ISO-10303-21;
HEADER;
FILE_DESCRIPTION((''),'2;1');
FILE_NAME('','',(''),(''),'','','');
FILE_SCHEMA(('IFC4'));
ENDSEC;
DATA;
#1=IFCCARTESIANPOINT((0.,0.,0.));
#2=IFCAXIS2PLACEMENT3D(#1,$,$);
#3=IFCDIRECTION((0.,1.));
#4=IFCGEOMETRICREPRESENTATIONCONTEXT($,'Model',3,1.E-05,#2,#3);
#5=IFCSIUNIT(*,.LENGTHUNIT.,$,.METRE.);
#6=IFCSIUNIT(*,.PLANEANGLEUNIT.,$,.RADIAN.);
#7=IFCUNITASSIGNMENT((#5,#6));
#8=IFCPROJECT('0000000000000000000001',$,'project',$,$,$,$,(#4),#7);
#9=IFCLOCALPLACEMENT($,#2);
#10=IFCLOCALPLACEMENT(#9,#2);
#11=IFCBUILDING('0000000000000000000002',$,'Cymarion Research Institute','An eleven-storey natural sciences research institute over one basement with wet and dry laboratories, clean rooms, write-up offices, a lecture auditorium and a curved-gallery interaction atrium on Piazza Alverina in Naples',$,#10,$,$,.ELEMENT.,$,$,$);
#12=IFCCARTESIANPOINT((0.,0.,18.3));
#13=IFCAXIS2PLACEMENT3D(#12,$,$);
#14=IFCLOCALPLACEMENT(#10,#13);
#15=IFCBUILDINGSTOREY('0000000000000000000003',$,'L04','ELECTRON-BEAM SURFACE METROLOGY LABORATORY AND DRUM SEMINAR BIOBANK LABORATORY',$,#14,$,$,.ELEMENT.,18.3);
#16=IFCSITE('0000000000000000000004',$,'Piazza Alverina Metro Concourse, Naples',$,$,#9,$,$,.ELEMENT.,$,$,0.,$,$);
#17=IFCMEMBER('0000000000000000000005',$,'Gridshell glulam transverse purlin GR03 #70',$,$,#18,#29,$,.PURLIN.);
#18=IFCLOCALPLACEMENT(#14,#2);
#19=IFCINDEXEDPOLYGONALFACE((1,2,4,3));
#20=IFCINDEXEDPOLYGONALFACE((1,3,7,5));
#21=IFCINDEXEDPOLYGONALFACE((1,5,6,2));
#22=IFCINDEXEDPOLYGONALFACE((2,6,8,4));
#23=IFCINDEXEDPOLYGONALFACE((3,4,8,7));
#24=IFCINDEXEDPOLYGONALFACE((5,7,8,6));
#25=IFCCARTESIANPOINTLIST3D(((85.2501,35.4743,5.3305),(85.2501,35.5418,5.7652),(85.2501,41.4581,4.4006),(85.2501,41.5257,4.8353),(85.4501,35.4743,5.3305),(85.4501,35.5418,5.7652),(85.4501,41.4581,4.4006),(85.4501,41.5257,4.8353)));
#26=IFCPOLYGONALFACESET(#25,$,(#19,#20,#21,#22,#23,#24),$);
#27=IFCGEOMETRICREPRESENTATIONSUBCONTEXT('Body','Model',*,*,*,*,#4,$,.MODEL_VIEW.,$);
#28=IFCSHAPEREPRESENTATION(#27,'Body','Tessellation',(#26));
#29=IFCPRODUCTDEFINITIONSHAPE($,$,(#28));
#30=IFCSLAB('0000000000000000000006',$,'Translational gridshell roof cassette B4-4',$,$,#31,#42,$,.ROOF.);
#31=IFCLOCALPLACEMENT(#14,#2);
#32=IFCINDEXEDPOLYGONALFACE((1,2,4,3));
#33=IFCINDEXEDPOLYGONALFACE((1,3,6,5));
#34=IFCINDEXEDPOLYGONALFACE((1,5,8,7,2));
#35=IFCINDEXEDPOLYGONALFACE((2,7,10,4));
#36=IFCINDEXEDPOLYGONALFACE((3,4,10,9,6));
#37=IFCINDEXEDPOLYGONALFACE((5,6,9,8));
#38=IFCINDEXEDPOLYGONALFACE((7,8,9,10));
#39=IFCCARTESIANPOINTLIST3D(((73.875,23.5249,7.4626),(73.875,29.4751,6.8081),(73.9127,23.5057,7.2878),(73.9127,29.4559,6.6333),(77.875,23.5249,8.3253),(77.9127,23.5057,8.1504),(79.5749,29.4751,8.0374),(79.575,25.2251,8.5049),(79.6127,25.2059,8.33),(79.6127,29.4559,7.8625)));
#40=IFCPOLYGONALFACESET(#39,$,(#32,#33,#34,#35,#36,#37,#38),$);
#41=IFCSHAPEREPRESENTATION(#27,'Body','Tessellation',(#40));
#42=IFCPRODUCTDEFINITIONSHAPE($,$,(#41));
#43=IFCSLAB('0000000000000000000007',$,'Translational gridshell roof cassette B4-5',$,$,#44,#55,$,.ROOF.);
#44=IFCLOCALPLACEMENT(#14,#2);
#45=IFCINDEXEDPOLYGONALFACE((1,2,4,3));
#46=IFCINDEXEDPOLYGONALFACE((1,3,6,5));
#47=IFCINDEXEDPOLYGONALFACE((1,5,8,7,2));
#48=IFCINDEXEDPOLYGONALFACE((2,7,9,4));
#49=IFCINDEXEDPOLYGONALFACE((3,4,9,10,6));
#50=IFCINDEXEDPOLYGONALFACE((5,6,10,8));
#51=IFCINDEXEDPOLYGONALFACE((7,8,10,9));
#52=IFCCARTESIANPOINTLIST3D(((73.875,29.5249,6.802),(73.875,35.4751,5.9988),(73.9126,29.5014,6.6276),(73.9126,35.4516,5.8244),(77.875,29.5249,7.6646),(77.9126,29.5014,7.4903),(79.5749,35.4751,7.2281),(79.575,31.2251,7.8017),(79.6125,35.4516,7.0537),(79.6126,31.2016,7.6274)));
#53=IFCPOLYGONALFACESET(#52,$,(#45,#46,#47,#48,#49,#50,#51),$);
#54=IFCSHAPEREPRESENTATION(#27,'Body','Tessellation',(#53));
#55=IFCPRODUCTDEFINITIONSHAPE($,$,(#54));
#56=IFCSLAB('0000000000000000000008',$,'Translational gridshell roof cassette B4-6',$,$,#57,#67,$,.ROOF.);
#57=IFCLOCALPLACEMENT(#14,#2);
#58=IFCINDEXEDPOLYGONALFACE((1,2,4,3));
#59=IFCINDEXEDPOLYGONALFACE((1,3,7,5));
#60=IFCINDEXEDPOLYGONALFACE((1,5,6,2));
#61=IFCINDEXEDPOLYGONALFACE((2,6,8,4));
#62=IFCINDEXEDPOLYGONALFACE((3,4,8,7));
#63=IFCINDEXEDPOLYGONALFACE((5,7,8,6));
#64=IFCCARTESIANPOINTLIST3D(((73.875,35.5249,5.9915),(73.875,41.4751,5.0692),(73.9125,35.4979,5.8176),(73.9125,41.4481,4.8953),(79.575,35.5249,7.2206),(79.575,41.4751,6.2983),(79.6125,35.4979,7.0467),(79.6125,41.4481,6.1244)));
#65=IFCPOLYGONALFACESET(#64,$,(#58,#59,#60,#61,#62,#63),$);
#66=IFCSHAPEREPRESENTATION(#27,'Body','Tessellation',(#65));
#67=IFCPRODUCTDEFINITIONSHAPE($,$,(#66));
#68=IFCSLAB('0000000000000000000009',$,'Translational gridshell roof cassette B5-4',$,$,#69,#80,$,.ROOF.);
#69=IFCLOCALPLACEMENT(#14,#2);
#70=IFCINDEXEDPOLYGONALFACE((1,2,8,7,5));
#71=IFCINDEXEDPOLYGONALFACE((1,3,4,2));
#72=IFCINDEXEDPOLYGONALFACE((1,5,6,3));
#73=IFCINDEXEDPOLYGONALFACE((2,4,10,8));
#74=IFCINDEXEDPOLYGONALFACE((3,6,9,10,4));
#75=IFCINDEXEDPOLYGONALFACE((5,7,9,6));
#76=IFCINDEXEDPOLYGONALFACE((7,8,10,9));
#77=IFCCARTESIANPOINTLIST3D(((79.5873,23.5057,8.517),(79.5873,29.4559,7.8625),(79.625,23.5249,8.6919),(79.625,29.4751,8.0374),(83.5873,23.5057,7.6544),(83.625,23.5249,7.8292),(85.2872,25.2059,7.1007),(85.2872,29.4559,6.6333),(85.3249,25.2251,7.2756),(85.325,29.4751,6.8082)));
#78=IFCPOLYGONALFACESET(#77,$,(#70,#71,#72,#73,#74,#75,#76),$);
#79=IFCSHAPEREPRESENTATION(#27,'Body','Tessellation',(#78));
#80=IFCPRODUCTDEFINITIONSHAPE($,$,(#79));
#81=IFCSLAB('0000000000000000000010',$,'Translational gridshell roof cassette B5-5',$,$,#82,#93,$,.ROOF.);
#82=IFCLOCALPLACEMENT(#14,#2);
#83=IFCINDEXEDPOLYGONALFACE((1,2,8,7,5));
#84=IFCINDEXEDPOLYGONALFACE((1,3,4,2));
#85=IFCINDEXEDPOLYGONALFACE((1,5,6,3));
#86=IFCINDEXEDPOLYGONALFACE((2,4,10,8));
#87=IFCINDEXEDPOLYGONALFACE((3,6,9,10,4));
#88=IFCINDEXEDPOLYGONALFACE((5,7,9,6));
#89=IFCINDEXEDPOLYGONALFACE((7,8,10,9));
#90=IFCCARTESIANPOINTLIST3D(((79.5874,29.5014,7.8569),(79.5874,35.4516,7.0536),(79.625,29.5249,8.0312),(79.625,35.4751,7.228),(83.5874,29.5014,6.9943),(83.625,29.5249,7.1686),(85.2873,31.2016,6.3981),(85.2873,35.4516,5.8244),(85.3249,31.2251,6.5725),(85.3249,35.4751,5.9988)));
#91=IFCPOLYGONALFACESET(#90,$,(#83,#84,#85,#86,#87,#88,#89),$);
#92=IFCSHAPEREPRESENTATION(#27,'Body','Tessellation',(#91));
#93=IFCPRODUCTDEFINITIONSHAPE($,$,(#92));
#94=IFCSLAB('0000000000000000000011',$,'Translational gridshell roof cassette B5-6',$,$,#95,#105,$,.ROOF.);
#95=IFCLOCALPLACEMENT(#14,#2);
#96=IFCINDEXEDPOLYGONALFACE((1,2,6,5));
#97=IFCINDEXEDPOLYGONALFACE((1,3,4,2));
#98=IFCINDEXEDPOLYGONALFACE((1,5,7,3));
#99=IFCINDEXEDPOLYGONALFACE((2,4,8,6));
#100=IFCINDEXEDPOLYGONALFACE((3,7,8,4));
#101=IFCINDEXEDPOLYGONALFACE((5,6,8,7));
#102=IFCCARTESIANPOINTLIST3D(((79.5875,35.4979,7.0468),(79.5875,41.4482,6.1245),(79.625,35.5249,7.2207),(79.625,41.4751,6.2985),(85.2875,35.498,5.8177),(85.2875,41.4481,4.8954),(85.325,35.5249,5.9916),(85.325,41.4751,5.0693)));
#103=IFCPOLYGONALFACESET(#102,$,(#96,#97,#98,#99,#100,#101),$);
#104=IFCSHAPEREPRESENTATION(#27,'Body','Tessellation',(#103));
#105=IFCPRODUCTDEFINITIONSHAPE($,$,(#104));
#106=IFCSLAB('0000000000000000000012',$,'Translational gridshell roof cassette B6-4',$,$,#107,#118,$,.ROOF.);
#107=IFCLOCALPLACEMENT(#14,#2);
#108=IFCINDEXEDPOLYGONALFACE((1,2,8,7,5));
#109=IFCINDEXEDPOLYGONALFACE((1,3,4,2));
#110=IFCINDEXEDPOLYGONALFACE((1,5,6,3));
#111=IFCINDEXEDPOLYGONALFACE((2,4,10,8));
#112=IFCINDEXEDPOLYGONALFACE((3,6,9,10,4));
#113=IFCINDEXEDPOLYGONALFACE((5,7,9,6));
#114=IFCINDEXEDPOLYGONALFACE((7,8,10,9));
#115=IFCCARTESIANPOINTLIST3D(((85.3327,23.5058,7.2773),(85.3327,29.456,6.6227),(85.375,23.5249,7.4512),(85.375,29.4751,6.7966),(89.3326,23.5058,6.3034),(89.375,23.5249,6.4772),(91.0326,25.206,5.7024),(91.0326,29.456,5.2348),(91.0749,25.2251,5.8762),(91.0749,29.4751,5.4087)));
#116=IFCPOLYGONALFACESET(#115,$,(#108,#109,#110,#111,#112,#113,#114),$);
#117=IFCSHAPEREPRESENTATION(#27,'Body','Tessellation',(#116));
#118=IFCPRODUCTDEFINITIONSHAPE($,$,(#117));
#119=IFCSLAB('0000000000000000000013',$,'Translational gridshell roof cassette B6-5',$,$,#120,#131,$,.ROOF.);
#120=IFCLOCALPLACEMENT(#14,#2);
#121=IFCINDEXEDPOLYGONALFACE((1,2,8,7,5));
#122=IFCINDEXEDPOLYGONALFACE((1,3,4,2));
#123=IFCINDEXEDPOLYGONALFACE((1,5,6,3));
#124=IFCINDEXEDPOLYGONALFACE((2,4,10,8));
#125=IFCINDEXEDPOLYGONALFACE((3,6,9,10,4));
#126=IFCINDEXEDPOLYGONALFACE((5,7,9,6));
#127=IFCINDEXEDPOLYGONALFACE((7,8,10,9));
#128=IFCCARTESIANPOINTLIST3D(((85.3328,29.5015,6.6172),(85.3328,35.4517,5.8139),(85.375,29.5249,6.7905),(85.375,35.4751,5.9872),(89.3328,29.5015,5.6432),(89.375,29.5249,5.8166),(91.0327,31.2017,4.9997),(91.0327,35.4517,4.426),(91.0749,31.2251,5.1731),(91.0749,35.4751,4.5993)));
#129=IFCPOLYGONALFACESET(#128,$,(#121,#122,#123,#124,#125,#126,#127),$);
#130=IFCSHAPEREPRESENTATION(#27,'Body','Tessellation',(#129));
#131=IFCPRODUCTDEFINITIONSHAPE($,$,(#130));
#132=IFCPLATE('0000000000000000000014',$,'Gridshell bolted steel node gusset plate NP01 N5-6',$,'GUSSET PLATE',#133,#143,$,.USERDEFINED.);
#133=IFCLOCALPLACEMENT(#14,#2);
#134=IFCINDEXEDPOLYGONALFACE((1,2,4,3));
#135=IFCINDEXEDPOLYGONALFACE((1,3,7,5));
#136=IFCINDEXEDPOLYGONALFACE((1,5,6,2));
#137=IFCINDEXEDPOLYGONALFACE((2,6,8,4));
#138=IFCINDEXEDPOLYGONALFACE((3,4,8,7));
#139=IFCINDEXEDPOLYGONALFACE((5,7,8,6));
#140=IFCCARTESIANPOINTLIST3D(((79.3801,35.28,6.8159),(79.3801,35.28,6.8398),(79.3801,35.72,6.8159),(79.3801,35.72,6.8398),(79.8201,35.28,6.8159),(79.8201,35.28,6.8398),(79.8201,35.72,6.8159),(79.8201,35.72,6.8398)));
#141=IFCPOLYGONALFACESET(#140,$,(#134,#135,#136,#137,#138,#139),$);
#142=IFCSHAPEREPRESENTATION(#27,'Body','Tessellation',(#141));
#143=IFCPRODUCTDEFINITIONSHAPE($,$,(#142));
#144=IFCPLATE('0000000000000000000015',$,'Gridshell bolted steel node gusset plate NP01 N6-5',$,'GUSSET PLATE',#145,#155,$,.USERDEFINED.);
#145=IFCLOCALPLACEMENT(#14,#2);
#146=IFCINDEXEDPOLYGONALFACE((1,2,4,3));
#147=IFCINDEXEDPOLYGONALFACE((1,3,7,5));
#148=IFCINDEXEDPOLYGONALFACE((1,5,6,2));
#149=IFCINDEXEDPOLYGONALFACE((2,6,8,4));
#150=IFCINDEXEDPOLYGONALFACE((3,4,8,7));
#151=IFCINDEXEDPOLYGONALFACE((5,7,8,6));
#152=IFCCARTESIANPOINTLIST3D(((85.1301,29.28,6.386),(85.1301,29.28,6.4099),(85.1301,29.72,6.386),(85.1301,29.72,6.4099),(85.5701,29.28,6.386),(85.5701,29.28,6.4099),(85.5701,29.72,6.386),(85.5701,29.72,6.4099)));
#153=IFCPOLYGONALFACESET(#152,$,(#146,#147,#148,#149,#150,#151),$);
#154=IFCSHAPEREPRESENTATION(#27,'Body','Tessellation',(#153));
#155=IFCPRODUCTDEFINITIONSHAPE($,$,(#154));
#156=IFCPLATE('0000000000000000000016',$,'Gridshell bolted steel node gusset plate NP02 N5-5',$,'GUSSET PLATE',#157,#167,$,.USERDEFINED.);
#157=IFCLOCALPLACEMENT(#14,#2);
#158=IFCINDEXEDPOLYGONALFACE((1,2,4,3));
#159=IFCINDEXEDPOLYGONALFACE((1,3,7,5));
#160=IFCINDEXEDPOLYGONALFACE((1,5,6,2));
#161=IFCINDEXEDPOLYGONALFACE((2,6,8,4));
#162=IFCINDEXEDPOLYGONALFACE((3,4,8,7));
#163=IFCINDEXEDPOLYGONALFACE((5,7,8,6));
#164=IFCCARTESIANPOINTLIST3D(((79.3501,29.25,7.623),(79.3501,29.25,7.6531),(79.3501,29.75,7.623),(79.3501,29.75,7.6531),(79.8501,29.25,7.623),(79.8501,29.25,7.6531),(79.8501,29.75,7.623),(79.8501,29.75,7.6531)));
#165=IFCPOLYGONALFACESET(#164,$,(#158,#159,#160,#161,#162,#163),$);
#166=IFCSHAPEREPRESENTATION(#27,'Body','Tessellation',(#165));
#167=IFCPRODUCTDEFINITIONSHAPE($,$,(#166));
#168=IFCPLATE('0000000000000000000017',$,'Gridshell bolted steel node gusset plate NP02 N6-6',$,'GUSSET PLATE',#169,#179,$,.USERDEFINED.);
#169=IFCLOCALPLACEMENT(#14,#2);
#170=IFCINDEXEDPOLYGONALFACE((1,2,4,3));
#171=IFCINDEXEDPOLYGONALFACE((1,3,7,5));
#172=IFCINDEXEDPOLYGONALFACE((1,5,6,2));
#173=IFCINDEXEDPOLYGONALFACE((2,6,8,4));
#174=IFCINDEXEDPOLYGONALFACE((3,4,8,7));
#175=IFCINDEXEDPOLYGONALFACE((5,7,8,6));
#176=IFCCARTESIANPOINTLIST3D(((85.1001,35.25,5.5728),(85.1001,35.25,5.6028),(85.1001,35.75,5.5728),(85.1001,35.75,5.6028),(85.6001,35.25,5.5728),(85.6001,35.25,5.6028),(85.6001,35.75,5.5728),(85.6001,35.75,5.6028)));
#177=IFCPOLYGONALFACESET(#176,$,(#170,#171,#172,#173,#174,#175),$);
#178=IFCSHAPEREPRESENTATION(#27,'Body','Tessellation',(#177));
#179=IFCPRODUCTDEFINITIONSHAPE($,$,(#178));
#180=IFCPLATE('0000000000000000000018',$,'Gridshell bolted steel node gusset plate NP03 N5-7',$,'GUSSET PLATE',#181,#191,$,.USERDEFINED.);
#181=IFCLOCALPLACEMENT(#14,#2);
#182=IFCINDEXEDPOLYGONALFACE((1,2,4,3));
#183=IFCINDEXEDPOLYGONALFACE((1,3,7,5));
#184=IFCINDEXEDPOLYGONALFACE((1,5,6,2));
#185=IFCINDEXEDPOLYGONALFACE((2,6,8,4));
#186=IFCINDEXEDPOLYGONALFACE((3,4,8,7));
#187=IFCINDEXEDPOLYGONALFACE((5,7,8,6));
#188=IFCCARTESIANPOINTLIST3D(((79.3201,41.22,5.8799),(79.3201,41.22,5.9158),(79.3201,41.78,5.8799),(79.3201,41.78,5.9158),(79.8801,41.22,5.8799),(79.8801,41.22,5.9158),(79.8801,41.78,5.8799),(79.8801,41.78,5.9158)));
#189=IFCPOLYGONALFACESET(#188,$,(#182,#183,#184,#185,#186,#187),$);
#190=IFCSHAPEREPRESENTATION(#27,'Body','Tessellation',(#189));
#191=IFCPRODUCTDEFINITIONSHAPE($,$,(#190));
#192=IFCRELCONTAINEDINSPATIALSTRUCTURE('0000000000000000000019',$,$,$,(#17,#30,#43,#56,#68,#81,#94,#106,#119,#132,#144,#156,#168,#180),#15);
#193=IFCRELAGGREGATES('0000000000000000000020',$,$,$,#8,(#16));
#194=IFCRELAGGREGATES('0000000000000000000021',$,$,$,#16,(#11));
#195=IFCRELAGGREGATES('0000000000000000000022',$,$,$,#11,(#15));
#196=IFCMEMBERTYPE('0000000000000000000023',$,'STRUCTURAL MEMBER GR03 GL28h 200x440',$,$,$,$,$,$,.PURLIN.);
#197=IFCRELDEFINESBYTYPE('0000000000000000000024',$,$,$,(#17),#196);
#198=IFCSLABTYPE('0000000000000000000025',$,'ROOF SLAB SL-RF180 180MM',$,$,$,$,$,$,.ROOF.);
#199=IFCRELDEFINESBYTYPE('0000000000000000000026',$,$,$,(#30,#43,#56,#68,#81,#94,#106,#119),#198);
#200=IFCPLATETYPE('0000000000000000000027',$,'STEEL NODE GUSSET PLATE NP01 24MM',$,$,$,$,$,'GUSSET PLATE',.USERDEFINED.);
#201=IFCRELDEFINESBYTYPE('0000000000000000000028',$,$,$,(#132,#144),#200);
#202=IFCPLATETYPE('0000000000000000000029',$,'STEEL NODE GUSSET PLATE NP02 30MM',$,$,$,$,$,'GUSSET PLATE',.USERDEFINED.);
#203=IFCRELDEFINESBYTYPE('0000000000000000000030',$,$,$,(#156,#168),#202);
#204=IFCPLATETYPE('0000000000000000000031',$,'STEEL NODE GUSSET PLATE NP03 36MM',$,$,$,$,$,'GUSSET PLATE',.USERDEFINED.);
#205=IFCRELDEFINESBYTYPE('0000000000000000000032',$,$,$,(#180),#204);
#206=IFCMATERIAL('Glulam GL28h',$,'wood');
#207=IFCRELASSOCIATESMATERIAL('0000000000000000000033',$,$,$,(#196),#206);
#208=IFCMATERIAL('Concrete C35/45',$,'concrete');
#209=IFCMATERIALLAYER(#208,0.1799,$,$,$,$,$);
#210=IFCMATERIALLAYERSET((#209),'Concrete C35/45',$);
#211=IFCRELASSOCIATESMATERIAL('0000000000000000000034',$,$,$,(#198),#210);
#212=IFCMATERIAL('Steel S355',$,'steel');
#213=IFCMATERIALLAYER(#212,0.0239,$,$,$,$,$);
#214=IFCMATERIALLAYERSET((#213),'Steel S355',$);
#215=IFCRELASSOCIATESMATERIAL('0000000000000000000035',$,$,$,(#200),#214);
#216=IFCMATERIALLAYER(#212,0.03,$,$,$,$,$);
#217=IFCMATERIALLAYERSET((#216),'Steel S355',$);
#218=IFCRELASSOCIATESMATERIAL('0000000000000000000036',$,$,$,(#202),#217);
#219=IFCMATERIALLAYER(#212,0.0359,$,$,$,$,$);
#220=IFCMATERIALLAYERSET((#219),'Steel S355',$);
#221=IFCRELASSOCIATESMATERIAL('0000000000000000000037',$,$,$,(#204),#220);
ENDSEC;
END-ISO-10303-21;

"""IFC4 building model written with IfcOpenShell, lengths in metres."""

from ifc_helpers import new_model, si_unit, direction, frame, origin, origin_2d, place, context, subcontext, project, spatial, polyline, rectangle, outline, extrude, material, layer, layer_set, material_profile, profile_set, type_object, element, save


model = new_model("IFC4")

# Units and contexts
model_context = context("Model", 3, precision=1e-05, world=origin(), true_north=direction((0.0, 1.0)))
body_context = subcontext(model_context, "Body", "Model", "MODEL_VIEW")
ifc_project = project(units=[si_unit("LENGTHUNIT", "METRE"), si_unit("PLANEANGLEUNIT", "RADIAN")], contexts=[model_context])

# Site, building, storey
site_placement = place(None, origin())
site = spatial("IfcSite", under=ifc_project, at=site_placement, Name="Piazza Alverina Metro Concourse, Naples", CompositionType="ELEMENT", RefElevation=0.0)
building_placement = place(site_placement, origin())
building = spatial("IfcBuilding", under=site, at=building_placement, Name="Cymarion Research Institute", Description="An eleven-storey natural sciences research institute over one basement with wet and dry laboratories, clean rooms, write-up offices, a lecture auditorium and a curved-gallery interaction atrium on Piazza Alverina in Naples", CompositionType="ELEMENT")
storey_placement = place(building_placement, frame((0.0, 0.0, 18.3)))
storey = spatial("IfcBuildingStorey", under=building, at=storey_placement, Name="L04", Description="ELECTRON-BEAM SURFACE METROLOGY LABORATORY AND DRUM SEMINAR BIOBANK LABORATORY", CompositionType="ELEMENT", Elevation=18.3)

# Shared definitions
ifc_material_1 = material(Name="Steel S355", Category="steel")

# Member
ifc_material_2 = material(Name="Glulam GL28h", Category="wood")
ifc_material_profile_1 = material_profile(ifc_material_2, rectangle(XDim=0.2, YDim=0.4399, at=origin_2d()), Name="GL28h 200x440")
ifc_profile_set_1 = profile_set([ifc_material_profile_1], Name="Glulam GL28h")
member_type_1 = type_object("IfcMemberType", Name="STRUCTURAL MEMBER GR03 GL28h 200x440", PredefinedType="PURLIN", material=ifc_profile_set_1)
member_1_placement = place(storey_placement, frame((85.3501, 35.5081, 5.5479), z_axis=(0.0, 0.988139, -0.153563), x_axis=(-1.0, 0.0, 0.0)))
element("IfcMember", 1, at=member_1_placement, inside=storey, type_object=member_type_1, Name="Gridshell glulam transverse purlin GR03 #70", PredefinedType="PURLIN", context=body_context, shape_type="SweptSolid", body=[
    extrude(rectangle(XDim=0.2, YDim=0.4399, at=origin_2d()), origin(), (0.0, 0.0, 1.0), 6.0557),
])

# Slabs
ifc_material_3 = material(Name="Concrete C35/45", Category="concrete")
ifc_layer_1 = layer(ifc_material_3, 0.1799)
ifc_layer_set_1 = layer_set([ifc_layer_1], Name="Concrete C35/45")
slab_type = type_object("IfcSlabType", Name="ROOF SLAB SL-RF180 180MM", PredefinedType="ROOF", material=ifc_layer_set_1)
slab_1_placement = place(storey_placement, frame((73.875, 23.5249, 7.4626), z_axis=(-0.209604, 0.106908, 0.971924), x_axis=(0.977527, 0.000002, 0.210812)))
element("IfcSlab", 2, at=slab_1_placement, inside=storey, type_object=slab_type, Name="Translational gridshell roof cassette B4-4", PredefinedType="ROOF", context=body_context, shape_type="SweptSolid", body=[
    extrude(outline(polyline([(0.0, 0.0), (4.0919, 0.0), (5.7916, 1.71), (5.693, 5.9845), (-0.138, 5.9845), (0.0, 0.0)])), origin(), (0.0, 0.0, -1.0), 0.1799),
])
slab_2_placement = place(storey_placement, frame((73.875, 29.5249, 6.802), z_axis=(-0.209001, 0.130816, 0.969126), x_axis=(0.977527, 0.000003, 0.210812)))
element("IfcSlab", 3, at=slab_2_placement, inside=storey, type_object=slab_type, Name="Translational gridshell roof cassette B4-5", PredefinedType="ROOF", context=body_context, shape_type="SweptSolid", body=[
    extrude(outline(polyline([(0.0, 0.0), (4.0919, 0.0), (5.7826, 1.7149), (5.6617, 6.0018), (-0.1693, 6.0018), (0.0, 0.0)])), origin(), (0.0, 0.0, -1.0), 0.1799),
])
slab_3_placement = place(storey_placement, frame((73.875, 35.5249, 5.9915), z_axis=(-0.208414, 0.149801, 0.9665), x_axis=(0.977531, -0.000003, 0.210793)))
element("IfcSlab", 4, at=slab_3_placement, inside=storey, type_object=slab_type, Name="Translational gridshell roof cassette B4-6", PredefinedType="ROOF", context=body_context, shape_type="SweptSolid", body=[
    extrude(outline(polyline([(0.0, 0.0), (5.831, 0.0), (5.6365, 6.0181), (-0.1944, 6.0181), (0.0, 0.0)])), origin(), (0.0, 0.0, -1.0), 0.1799),
])
slab_4_placement = place(storey_placement, frame((79.625, 23.5249, 8.6919), z_axis=(0.209607, 0.106902, 0.971924), x_axis=(0.977526, 0.000004, -0.210816)))
element("IfcSlab", 5, at=slab_4_placement, inside=storey, type_object=slab_type, Name="Translational gridshell roof cassette B5-4", PredefinedType="ROOF", context=body_context, shape_type="SweptSolid", body=[
    extrude(outline(polyline([(0.0, 0.0), (4.092, 0.0), (5.8704, 1.71), (5.969, 5.9845), (0.138, 5.9845), (0.0, 0.0)])), origin(), (0.0, 0.0, -1.0), 0.1799),
])
slab_5_placement = place(storey_placement, frame((79.625, 29.5249, 8.0312), z_axis=(0.208997, 0.130831, 0.969125), x_axis=(0.977527, -0.000002, -0.210809)))
element("IfcSlab", 6, at=slab_5_placement, inside=storey, type_object=slab_type, Name="Translational gridshell roof cassette B5-5", PredefinedType="ROOF", context=body_context, shape_type="SweptSolid", body=[
    extrude(outline(polyline([(0.0, 0.0), (4.0919, 0.0), (5.8794, 1.7149), (6.0003, 6.0018), (0.1693, 6.0018), (0.0, 0.0)])), origin(), (0.0, 0.0, -1.0), 0.1799),
])
slab_6_placement = place(storey_placement, frame((79.625, 35.5249, 7.2207), z_axis=(0.208414, 0.149801, 0.9665), x_axis=(0.977531, 0.000003, -0.210793)))
element("IfcSlab", 7, at=slab_6_placement, inside=storey, type_object=slab_type, Name="Translational gridshell roof cassette B5-6", PredefinedType="ROOF", context=body_context, shape_type="SweptSolid", body=[
    extrude(outline(polyline([(0.0, 0.0), (5.831, 0.0), (6.0254, 6.0181), (0.1944, 6.0181), (0.0, 0.0)])), origin(), (0.0, 0.0, -1.0), 0.1799),
])
slab_7_placement = place(storey_placement, frame((85.375, 23.5249, 7.4512), z_axis=(0.235243, 0.106286, 0.966108), x_axis=(0.971611, -0.000003, -0.236583)))
element("IfcSlab", 8, at=slab_7_placement, inside=storey, type_object=slab_type, Name="Translational gridshell roof cassette B6-4", PredefinedType="ROOF", context=body_context, shape_type="SweptSolid", body=[
    extrude(outline(polyline([(0.0, 0.0), (4.1168, 0.0), (5.9107, 1.7099), (6.0213, 5.9841), (0.1548, 5.9841), (0.0, 0.0)])), origin(), (0.0, 0.0, -1.0), 0.1799),
])
slab_8_placement = place(storey_placement, frame((85.375, 29.5249, 6.7905), z_axis=(0.234573, 0.130056, 0.963359), x_axis=(0.971611, -0.000003, -0.236582)))
element("IfcSlab", 9, at=slab_8_placement, inside=storey, type_object=slab_type, Name="Translational gridshell roof cassette B6-5", PredefinedType="ROOF", context=body_context, shape_type="SweptSolid", body=[
    extrude(outline(polyline([(0.0, 0.0), (4.1168, 0.0), (5.9208, 1.7148), (6.0565, 6.0012), (0.19, 6.0012), (0.0, 0.0)])), origin(), (0.0, 0.0, -1.0), 0.1799),
])

# Plates
ifc_layer_2 = layer(ifc_material_1, 0.0239)
ifc_layer_set_2 = layer_set([ifc_layer_2], Name="Steel S355")
plate_type_1 = type_object("IfcPlateType", Name="STEEL NODE GUSSET PLATE NP01 24MM", ElementType="GUSSET PLATE", PredefinedType="USERDEFINED", material=ifc_layer_set_2)
for number, where, z_axis, x_axis, name in (
    (10, (79.6001, 35.5, 6.8159), (0.0, 0.0, 1.0), (1.0, 0.0, 0.0), "Gridshell bolted steel node gusset plate NP01 N5-6"),
    (11, (85.3501, 29.5, 6.386), (0.0, 0.0, 1.0), (1.0, 0.0, 0.0), "Gridshell bolted steel node gusset plate NP01 N6-5"),
):
    element("IfcPlate", number, at=place(storey_placement, frame(where, z_axis=z_axis, x_axis=x_axis)), inside=storey, type_object=plate_type_1, Name=name, ObjectType="GUSSET PLATE", PredefinedType="USERDEFINED", context=body_context, shape_type="SweptSolid", body=[
        extrude(rectangle(XDim=0.4399, YDim=0.4399, at=origin_2d()), origin(), (0.0, 0.0, 1.0), 0.0239),
    ])
ifc_layer_3 = layer(ifc_material_1, 0.03)
ifc_layer_set_3 = layer_set([ifc_layer_3], Name="Steel S355")
plate_type_2 = type_object("IfcPlateType", Name="STEEL NODE GUSSET PLATE NP02 30MM", ElementType="GUSSET PLATE", PredefinedType="USERDEFINED", material=ifc_layer_set_3)
for number, where, z_axis, x_axis, name in (
    (12, (79.6001, 29.5, 7.623), (0.0, 0.0, 1.0), (1.0, 0.0, 0.0), "Gridshell bolted steel node gusset plate NP02 N5-5"),
    (13, (85.3501, 35.5, 5.5728), (0.0, 0.0, 1.0), (1.0, 0.0, 0.0), "Gridshell bolted steel node gusset plate NP02 N6-6"),
):
    element("IfcPlate", number, at=place(storey_placement, frame(where, z_axis=z_axis, x_axis=x_axis)), inside=storey, type_object=plate_type_2, Name=name, ObjectType="GUSSET PLATE", PredefinedType="USERDEFINED", context=body_context, shape_type="SweptSolid", body=[
        extrude(rectangle(XDim=0.5, YDim=0.5, at=origin_2d()), origin(), (0.0, 0.0, 1.0), 0.03),
    ])
ifc_layer_4 = layer(ifc_material_1, 0.0359)
ifc_layer_set_4 = layer_set([ifc_layer_4], Name="Steel S355")
plate_type_3 = type_object("IfcPlateType", Name="STEEL NODE GUSSET PLATE NP03 36MM", ElementType="GUSSET PLATE", PredefinedType="USERDEFINED", material=ifc_layer_set_4)
for number, where, z_axis, x_axis, name in (
    (14, (79.6001, 41.5, 5.8799), (0.0, 0.0, 1.0), (1.0, 0.0, 0.0), "Gridshell bolted steel node gusset plate NP03 N5-7"),
):
    element("IfcPlate", number, at=place(storey_placement, frame(where, z_axis=z_axis, x_axis=x_axis)), inside=storey, type_object=plate_type_3, Name=name, ObjectType="GUSSET PLATE", PredefinedType="USERDEFINED", context=body_context, shape_type="SweptSolid", body=[
        extrude(rectangle(XDim=0.5601, YDim=0.5601, at=origin_2d()), origin(), (0.0, 0.0, 1.0), 0.0359),
    ])

save(model, "model.ifc")
